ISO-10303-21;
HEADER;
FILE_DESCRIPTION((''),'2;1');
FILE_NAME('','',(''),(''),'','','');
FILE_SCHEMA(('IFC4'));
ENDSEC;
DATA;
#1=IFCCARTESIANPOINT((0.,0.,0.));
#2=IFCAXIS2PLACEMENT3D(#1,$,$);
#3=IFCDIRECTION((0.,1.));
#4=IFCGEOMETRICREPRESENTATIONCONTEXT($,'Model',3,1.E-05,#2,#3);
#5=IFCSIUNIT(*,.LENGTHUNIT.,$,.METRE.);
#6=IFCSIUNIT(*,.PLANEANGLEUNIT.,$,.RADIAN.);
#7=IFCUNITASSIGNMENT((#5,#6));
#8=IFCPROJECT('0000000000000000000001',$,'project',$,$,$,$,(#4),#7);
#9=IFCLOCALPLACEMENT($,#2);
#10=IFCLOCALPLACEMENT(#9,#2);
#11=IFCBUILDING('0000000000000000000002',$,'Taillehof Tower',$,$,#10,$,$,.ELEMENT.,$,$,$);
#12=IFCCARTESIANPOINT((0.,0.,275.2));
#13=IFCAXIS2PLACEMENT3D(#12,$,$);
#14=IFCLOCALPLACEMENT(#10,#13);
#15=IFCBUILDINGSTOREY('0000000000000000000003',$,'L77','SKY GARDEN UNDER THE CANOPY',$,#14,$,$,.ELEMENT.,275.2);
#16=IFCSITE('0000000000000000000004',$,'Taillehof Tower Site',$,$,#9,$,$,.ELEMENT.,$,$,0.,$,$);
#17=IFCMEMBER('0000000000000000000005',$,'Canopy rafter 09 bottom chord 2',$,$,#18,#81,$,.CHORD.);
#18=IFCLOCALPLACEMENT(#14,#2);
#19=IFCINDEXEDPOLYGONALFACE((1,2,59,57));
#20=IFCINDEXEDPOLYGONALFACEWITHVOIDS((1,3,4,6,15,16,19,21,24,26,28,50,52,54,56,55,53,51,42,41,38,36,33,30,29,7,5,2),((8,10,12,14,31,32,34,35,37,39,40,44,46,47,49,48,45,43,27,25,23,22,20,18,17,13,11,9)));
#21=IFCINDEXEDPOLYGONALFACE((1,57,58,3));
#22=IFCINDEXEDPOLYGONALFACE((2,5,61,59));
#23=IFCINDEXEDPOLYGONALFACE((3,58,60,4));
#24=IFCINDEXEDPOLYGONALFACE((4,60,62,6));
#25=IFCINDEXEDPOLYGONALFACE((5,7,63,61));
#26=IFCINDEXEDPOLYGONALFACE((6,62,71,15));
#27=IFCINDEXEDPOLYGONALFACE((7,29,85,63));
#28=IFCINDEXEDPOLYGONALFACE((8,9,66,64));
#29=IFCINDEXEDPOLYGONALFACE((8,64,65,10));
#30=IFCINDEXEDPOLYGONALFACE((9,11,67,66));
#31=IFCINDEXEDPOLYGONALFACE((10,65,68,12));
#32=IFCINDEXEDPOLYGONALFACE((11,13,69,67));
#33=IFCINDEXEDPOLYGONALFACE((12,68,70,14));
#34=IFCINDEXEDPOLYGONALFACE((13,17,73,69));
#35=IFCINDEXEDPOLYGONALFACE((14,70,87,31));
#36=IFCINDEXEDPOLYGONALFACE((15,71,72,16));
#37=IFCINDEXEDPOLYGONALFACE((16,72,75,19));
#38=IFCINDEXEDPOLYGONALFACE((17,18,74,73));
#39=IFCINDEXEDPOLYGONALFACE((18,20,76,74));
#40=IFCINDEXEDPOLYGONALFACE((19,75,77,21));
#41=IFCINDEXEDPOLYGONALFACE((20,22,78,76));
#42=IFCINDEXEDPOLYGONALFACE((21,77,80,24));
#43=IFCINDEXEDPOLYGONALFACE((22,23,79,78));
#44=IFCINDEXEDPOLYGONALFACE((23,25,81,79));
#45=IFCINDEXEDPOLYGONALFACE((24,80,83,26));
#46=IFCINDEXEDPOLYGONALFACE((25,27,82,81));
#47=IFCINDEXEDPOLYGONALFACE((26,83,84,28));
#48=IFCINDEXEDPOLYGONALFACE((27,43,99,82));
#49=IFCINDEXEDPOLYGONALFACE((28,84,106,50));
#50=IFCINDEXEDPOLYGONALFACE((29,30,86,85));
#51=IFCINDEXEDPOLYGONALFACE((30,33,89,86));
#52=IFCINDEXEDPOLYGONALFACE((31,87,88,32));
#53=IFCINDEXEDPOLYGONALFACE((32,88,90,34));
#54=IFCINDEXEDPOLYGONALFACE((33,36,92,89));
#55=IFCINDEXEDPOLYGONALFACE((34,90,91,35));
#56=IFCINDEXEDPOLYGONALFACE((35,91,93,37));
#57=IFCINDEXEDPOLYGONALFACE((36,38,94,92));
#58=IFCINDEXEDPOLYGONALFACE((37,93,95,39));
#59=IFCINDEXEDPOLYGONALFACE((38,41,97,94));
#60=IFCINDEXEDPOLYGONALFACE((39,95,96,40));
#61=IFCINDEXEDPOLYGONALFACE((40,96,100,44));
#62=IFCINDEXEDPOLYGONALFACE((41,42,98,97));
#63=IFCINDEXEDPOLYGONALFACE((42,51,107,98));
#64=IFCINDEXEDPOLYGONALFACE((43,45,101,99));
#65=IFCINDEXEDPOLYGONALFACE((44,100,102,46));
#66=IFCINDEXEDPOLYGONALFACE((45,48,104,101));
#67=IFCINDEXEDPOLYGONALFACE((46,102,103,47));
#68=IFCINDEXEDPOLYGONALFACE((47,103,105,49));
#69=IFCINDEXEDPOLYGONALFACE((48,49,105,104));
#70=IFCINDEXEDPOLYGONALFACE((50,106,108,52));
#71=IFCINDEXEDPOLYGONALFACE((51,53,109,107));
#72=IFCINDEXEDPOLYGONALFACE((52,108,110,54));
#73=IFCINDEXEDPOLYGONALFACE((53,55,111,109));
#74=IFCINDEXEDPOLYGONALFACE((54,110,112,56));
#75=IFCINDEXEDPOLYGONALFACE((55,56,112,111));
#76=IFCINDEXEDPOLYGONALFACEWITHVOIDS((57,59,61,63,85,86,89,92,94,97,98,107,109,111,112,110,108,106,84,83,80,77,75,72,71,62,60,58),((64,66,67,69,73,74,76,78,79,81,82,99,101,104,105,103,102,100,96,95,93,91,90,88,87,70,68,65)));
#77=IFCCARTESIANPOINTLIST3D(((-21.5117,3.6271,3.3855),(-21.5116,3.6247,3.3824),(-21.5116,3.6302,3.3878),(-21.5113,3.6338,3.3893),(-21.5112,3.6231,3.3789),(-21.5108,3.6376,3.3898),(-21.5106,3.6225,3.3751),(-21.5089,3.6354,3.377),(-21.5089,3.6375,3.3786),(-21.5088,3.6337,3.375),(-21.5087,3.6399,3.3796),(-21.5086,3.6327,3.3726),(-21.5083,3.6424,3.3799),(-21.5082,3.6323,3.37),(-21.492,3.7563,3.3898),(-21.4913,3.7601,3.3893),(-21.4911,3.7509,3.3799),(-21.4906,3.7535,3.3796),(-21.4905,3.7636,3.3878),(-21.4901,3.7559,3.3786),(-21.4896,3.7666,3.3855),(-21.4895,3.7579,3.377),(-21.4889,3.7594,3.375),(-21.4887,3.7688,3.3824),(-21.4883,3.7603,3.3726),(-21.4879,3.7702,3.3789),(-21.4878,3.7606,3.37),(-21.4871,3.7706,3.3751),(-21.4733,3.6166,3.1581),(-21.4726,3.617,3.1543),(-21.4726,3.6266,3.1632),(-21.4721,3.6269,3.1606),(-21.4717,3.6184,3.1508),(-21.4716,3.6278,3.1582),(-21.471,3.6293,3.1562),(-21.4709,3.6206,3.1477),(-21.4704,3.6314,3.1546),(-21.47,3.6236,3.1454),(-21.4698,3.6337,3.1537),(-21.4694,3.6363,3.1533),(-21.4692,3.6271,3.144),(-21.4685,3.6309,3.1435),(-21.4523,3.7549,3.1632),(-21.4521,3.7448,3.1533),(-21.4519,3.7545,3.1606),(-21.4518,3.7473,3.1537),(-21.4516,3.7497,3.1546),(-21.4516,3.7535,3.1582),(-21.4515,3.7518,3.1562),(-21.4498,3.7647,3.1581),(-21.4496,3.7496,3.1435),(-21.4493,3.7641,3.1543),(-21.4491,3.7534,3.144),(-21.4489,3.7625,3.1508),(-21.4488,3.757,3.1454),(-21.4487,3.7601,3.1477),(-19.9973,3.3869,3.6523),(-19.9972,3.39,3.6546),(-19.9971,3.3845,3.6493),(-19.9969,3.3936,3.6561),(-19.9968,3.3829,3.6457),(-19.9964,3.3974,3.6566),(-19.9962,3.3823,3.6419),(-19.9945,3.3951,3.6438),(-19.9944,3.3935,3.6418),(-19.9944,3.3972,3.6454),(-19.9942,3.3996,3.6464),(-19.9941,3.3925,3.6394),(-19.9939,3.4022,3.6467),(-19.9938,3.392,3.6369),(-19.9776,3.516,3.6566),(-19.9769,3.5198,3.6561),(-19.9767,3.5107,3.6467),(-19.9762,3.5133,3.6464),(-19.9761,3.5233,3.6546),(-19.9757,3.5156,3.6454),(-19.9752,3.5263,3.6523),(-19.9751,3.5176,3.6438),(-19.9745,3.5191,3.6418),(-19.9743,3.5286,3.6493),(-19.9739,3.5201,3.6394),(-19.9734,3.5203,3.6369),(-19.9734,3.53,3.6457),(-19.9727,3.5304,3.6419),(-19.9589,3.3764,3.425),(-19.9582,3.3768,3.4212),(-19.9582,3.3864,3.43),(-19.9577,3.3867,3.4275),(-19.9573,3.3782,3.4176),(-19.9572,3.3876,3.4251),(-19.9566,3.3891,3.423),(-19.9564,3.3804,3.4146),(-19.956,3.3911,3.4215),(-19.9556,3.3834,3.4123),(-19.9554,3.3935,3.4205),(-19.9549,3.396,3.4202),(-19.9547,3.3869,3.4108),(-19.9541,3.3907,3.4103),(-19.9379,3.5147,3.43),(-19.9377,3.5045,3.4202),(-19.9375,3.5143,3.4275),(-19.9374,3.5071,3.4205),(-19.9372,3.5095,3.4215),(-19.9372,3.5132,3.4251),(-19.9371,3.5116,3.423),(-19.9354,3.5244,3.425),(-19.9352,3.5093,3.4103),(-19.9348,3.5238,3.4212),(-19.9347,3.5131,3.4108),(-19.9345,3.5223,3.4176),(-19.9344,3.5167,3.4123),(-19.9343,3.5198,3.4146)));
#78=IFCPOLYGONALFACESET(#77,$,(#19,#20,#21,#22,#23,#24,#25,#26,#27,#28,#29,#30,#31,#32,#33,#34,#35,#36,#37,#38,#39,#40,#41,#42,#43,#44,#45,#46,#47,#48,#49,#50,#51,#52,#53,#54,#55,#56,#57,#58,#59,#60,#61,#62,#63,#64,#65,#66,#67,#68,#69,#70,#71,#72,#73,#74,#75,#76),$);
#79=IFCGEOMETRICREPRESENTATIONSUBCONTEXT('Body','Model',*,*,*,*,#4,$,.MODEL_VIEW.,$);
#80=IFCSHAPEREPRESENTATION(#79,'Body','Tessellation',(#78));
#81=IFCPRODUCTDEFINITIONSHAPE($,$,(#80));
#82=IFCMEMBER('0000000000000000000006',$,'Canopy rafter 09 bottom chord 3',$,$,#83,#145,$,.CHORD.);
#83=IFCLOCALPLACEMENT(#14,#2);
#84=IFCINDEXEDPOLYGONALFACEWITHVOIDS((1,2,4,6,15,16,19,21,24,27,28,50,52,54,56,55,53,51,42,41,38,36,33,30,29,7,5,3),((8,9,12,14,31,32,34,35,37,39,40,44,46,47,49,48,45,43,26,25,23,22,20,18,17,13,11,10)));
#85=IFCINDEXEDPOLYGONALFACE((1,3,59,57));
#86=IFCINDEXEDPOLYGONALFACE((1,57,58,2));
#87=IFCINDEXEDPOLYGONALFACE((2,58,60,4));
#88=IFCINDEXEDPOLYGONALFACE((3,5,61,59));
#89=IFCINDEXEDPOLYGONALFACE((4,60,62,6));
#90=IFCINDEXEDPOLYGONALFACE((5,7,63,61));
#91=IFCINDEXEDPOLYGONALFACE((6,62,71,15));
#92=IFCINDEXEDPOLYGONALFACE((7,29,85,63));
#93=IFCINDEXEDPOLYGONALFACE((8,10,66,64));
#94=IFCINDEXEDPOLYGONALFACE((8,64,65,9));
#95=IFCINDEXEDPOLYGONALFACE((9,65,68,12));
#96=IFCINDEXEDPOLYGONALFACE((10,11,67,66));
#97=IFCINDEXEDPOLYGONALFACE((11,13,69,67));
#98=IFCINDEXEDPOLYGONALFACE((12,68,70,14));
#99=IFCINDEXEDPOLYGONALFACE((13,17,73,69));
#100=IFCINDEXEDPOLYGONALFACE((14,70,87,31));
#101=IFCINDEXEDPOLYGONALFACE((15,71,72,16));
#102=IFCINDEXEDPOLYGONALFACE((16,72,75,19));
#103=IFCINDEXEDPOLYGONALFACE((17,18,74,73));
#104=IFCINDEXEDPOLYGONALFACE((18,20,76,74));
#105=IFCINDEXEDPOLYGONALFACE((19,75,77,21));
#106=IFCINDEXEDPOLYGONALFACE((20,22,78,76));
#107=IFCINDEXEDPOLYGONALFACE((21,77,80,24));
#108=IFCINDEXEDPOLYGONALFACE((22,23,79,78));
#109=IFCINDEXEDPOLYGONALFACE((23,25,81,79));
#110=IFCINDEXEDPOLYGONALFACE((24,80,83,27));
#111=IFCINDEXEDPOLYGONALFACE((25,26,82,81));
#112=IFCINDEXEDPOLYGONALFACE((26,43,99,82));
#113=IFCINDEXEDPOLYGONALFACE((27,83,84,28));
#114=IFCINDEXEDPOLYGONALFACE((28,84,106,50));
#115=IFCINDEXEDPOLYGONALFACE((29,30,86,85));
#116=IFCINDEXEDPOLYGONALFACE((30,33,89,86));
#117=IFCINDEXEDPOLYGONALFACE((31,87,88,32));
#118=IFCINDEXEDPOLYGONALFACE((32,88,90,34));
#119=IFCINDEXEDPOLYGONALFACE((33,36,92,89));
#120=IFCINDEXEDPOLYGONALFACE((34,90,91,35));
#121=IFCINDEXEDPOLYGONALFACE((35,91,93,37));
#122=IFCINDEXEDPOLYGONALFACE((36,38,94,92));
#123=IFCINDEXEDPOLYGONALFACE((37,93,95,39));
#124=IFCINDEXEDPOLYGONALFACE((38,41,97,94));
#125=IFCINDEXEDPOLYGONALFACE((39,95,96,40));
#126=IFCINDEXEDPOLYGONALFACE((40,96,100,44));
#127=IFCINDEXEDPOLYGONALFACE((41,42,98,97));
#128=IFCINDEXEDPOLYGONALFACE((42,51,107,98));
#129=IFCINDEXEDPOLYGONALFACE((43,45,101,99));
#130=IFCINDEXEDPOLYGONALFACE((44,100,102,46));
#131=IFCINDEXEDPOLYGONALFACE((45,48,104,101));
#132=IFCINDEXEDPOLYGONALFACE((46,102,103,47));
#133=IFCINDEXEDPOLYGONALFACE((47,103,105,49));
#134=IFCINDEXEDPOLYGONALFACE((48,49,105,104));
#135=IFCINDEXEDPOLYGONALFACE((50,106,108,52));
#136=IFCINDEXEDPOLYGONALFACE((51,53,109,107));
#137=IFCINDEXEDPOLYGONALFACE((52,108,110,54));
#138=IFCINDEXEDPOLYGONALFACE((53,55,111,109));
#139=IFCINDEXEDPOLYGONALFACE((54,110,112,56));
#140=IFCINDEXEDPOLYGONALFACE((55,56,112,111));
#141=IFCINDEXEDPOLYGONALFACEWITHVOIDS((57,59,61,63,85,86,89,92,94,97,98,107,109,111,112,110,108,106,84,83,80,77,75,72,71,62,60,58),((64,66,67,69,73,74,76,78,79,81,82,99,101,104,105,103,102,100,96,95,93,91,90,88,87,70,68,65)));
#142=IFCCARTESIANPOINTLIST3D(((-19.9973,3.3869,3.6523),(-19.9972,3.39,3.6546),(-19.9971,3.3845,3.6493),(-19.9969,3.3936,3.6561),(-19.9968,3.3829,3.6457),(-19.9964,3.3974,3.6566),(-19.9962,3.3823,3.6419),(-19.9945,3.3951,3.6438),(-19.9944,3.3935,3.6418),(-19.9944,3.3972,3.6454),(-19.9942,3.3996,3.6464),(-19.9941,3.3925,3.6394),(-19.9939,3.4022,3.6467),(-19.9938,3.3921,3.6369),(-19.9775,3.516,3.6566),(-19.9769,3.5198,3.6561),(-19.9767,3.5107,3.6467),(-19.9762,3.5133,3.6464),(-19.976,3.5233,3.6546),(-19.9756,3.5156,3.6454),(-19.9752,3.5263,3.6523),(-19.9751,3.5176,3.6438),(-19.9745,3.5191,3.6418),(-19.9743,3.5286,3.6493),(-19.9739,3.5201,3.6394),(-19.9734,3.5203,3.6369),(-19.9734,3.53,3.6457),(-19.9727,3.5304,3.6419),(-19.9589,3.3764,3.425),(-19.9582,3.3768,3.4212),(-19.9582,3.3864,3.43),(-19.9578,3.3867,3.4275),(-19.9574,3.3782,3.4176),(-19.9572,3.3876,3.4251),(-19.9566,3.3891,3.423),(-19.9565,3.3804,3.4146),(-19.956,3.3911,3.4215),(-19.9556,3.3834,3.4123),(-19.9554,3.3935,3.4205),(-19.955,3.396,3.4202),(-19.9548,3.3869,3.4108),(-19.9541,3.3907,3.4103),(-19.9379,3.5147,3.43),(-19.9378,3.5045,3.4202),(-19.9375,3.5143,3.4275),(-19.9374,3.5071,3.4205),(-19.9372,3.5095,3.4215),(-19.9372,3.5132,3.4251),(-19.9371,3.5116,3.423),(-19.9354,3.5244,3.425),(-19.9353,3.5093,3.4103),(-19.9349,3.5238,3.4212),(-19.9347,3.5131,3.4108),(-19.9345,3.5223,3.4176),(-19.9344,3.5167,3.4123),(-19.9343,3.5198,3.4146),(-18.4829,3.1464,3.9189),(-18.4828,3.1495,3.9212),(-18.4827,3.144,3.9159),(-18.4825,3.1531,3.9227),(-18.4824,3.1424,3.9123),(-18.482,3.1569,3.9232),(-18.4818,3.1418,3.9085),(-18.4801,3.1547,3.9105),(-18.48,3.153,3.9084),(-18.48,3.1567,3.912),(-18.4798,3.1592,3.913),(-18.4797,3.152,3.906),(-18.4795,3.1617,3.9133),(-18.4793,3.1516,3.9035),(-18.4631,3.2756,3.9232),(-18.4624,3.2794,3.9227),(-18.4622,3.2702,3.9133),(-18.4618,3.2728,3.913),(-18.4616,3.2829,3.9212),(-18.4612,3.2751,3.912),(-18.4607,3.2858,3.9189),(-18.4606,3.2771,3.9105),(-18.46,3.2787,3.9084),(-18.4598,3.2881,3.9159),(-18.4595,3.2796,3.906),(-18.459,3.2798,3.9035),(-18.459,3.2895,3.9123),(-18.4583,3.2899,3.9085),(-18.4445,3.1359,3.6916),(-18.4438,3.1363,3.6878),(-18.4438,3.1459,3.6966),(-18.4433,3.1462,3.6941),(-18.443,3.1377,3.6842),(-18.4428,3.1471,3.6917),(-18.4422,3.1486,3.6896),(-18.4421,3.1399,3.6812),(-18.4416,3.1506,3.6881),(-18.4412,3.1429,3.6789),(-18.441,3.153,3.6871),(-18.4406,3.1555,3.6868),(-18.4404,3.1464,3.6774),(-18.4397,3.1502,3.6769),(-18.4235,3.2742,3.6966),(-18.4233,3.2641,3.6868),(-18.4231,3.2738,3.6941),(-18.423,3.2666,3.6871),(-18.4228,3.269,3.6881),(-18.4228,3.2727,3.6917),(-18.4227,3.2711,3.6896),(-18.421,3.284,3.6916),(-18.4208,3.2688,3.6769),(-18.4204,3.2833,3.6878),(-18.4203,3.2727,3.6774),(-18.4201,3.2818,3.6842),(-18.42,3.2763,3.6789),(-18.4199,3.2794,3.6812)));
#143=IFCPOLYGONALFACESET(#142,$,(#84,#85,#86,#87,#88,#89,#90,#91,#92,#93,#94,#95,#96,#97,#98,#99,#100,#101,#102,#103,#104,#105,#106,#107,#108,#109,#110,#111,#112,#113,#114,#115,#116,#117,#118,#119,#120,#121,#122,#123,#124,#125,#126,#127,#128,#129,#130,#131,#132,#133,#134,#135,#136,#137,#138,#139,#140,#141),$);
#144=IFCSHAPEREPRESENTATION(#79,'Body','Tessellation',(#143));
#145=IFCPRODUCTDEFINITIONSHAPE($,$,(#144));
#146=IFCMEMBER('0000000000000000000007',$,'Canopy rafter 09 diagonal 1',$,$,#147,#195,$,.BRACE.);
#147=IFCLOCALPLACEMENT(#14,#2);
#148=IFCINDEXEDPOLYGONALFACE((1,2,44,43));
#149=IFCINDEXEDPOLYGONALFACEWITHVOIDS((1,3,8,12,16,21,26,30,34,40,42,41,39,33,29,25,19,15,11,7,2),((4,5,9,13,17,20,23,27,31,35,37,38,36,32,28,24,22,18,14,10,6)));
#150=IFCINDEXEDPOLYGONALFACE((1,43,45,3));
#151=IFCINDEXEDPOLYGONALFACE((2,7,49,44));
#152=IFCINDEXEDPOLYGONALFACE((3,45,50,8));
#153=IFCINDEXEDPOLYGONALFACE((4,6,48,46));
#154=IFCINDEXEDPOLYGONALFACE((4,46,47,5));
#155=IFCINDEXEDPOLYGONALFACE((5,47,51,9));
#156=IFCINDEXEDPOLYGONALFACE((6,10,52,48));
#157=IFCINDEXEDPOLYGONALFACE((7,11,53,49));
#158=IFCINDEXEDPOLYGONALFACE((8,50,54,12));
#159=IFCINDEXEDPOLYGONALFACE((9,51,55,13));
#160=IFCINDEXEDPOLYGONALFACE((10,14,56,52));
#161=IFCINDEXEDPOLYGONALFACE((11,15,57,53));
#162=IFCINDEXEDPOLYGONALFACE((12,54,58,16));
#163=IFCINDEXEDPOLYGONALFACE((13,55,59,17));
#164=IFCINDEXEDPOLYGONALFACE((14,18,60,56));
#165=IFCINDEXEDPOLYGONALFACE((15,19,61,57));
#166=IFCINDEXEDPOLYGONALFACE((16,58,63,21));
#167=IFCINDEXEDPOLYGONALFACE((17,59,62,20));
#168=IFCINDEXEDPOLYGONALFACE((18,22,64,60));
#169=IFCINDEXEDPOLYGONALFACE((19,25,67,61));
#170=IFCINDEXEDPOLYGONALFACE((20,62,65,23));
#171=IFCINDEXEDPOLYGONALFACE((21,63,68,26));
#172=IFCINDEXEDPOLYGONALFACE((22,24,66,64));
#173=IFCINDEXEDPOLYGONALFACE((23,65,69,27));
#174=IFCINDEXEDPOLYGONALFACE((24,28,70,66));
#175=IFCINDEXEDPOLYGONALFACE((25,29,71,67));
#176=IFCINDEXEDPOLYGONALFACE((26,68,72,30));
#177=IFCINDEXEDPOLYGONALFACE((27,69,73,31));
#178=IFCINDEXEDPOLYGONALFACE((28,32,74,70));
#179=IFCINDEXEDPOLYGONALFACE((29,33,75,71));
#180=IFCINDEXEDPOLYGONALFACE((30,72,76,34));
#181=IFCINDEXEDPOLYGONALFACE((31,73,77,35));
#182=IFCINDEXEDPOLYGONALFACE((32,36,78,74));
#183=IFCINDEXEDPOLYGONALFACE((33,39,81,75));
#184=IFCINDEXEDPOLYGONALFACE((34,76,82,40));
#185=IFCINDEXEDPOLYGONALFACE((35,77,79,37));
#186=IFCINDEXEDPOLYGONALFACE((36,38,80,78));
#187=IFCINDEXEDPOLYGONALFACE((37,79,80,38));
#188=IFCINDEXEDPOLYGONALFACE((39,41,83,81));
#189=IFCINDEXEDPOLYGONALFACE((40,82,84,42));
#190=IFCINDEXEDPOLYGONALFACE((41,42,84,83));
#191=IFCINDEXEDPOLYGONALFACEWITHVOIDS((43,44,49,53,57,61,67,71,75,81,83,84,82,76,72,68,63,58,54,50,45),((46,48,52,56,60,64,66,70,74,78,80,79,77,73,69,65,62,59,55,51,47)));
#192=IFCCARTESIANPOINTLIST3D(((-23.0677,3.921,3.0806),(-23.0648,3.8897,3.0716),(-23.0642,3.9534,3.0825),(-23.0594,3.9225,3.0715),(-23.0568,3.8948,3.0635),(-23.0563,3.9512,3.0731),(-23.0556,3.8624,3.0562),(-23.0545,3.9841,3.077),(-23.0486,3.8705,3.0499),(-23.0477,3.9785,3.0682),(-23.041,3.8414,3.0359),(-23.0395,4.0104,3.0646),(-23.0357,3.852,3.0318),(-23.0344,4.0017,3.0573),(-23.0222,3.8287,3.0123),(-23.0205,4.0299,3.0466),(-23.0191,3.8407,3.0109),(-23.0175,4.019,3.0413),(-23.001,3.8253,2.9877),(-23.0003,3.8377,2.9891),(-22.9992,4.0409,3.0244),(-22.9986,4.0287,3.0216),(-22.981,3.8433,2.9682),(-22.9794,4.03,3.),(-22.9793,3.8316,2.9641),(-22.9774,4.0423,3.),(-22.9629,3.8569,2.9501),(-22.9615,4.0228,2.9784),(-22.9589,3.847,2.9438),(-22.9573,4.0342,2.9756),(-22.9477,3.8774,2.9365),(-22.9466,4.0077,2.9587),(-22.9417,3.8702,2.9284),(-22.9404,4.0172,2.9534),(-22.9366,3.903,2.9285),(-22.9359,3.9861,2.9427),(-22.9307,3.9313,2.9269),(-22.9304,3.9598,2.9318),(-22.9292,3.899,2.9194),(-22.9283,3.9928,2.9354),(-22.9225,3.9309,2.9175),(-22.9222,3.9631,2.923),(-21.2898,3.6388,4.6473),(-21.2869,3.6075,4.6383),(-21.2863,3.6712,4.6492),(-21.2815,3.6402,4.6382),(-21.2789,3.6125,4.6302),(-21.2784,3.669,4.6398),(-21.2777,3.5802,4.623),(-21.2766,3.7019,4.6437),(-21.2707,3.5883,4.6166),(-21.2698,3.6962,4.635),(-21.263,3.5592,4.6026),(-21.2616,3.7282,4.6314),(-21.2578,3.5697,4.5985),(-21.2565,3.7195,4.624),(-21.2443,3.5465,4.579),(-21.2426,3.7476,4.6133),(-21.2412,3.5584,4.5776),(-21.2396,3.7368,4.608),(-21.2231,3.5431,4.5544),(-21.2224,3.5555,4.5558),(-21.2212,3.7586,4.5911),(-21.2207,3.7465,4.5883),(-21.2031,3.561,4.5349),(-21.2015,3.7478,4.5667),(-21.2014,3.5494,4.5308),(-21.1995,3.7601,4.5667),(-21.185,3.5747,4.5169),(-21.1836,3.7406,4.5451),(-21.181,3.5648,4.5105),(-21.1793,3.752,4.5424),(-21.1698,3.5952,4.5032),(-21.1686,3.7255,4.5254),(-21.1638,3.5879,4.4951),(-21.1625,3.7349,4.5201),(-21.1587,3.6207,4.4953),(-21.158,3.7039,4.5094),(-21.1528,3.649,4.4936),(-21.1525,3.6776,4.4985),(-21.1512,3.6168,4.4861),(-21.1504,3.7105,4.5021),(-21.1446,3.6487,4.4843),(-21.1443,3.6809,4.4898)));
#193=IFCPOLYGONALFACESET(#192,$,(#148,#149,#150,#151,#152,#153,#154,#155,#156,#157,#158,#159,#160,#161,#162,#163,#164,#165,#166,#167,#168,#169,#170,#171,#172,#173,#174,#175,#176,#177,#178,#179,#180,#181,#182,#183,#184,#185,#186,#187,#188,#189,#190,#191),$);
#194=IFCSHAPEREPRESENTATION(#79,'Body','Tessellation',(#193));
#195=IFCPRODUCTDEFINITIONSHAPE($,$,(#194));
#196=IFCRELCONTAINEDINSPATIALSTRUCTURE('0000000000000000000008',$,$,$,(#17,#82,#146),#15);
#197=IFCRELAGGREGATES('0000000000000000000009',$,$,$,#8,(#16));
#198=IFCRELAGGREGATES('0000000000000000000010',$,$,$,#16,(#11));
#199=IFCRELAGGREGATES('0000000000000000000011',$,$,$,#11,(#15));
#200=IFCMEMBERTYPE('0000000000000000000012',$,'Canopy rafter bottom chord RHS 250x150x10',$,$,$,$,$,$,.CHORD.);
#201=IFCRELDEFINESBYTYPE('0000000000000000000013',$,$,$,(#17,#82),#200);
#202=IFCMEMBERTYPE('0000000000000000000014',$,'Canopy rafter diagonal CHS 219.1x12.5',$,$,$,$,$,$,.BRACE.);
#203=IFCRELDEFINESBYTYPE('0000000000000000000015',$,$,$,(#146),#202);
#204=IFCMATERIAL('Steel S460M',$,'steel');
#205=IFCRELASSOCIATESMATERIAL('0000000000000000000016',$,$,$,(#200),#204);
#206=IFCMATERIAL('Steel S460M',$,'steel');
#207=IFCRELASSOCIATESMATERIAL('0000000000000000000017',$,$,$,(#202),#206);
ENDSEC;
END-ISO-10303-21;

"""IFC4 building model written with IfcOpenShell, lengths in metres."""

from ifc_helpers import new_model, si_unit, direction, frame, origin, origin_2d, place, context, subcontext, project, spatial, hollow_rectangle, hollow_circle, extrude, material, material_profile, profile_set, type_object, element, save


model = new_model("IFC4")

# Units and contexts
model_context = context("Model", 3, precision=1e-05, world=origin(), true_north=direction((0.0, 1.0)))
body_context = subcontext(model_context, "Body", "Model", "MODEL_VIEW")
ifc_project = project(units=[si_unit("LENGTHUNIT", "METRE"), si_unit("PLANEANGLEUNIT", "RADIAN")], contexts=[model_context])

# Site, building, storey
site_placement = place(None, origin())
site = spatial("IfcSite", under=ifc_project, at=site_placement, Name="Taillehof Tower Site", CompositionType="ELEMENT", RefElevation=0.0)
building_placement = place(site_placement, origin())
building = spatial("IfcBuilding", under=site, at=building_placement, Name="Taillehof Tower", CompositionType="ELEMENT")
storey_placement = place(building_placement, frame((0.0, 0.0, 275.2)))
storey = spatial("IfcBuildingStorey", under=building, at=storey_placement, Name="L77", Description="SKY GARDEN UNDER THE CANOPY", CompositionType="ELEMENT", Elevation=275.2)

# Members
ifc_material_1 = material(Name="Steel S460M", Category="steel")
ifc_material_profile_1 = material_profile(ifc_material_1, hollow_rectangle(XDim=0.1499, YDim=0.25, WallThickness=0.01, InnerFilletRadius=0.01, OuterFilletRadius=0.0149, at=origin_2d()), Name="RHS 250x150x10")
ifc_profile_set_1 = profile_set([ifc_material_profile_1], Name="Steel S460M")
member_type_1 = type_object("IfcMemberType", Name="Canopy rafter bottom chord RHS 250x150x10", PredefinedType="CHORD", material=ifc_profile_set_1)
for number, where, z_axis, x_axis, name in (
    (1, (-21.4802, 3.6936, 3.2666), (0.973026, -0.154354, 0.171452), (0.156674, 0.98765, 0.0), "Canopy rafter 09 bottom chord 2"),
    (2, (-19.9658, 3.4534, 3.5334), (0.973028, -0.154511, 0.171296), (0.156829, 0.987626, 0.0), "Canopy rafter 09 bottom chord 3"),
):
    element("IfcMember", number, at=place(storey_placement, frame(where, z_axis=z_axis, x_axis=x_axis)), inside=storey, type_object=member_type_1, Name=name, PredefinedType="CHORD", context=body_context, shape_type="SweptSolid", body=[
        extrude(hollow_rectangle(XDim=0.1499, YDim=0.25, WallThickness=0.01, InnerFilletRadius=0.01, OuterFilletRadius=0.0149, at=origin_2d()), origin(), (0.0, 0.0, 1.0), 1.5564),
    ])
ifc_material_2 = material(Name="Steel S460M", Category="steel")
ifc_material_profile_2 = material_profile(ifc_material_2, hollow_circle(Radius=0.1096, WallThickness=0.0125, at=origin_2d()), Name="CHS 219.1x12.5")
ifc_profile_set_2 = profile_set([ifc_material_profile_2], Name="Steel S460M")
member_type_2 = type_object("IfcMemberType", Name="Canopy rafter diagonal CHS 219.1x12.5", PredefinedType="BRACE", material=ifc_profile_set_2)
member_1_placement = place(storey_placement, frame((-22.9946, 3.9341, 3.0), z_axis=(0.744996, -0.118266, 0.656501), x_axis=(0.156784, 0.987633, 0.0)))
element("IfcMember", 3, at=member_1_placement, inside=storey, type_object=member_type_2, Name="Canopy rafter 09 diagonal 1", PredefinedType="BRACE", context=body_context, shape_type="SweptSolid", body=[
    extrude(hollow_circle(Radius=0.1096, WallThickness=0.0125, at=origin_2d()), origin(), (0.0, 0.0, 1.0), 2.3865),
])

save(model, "model.ifc")
